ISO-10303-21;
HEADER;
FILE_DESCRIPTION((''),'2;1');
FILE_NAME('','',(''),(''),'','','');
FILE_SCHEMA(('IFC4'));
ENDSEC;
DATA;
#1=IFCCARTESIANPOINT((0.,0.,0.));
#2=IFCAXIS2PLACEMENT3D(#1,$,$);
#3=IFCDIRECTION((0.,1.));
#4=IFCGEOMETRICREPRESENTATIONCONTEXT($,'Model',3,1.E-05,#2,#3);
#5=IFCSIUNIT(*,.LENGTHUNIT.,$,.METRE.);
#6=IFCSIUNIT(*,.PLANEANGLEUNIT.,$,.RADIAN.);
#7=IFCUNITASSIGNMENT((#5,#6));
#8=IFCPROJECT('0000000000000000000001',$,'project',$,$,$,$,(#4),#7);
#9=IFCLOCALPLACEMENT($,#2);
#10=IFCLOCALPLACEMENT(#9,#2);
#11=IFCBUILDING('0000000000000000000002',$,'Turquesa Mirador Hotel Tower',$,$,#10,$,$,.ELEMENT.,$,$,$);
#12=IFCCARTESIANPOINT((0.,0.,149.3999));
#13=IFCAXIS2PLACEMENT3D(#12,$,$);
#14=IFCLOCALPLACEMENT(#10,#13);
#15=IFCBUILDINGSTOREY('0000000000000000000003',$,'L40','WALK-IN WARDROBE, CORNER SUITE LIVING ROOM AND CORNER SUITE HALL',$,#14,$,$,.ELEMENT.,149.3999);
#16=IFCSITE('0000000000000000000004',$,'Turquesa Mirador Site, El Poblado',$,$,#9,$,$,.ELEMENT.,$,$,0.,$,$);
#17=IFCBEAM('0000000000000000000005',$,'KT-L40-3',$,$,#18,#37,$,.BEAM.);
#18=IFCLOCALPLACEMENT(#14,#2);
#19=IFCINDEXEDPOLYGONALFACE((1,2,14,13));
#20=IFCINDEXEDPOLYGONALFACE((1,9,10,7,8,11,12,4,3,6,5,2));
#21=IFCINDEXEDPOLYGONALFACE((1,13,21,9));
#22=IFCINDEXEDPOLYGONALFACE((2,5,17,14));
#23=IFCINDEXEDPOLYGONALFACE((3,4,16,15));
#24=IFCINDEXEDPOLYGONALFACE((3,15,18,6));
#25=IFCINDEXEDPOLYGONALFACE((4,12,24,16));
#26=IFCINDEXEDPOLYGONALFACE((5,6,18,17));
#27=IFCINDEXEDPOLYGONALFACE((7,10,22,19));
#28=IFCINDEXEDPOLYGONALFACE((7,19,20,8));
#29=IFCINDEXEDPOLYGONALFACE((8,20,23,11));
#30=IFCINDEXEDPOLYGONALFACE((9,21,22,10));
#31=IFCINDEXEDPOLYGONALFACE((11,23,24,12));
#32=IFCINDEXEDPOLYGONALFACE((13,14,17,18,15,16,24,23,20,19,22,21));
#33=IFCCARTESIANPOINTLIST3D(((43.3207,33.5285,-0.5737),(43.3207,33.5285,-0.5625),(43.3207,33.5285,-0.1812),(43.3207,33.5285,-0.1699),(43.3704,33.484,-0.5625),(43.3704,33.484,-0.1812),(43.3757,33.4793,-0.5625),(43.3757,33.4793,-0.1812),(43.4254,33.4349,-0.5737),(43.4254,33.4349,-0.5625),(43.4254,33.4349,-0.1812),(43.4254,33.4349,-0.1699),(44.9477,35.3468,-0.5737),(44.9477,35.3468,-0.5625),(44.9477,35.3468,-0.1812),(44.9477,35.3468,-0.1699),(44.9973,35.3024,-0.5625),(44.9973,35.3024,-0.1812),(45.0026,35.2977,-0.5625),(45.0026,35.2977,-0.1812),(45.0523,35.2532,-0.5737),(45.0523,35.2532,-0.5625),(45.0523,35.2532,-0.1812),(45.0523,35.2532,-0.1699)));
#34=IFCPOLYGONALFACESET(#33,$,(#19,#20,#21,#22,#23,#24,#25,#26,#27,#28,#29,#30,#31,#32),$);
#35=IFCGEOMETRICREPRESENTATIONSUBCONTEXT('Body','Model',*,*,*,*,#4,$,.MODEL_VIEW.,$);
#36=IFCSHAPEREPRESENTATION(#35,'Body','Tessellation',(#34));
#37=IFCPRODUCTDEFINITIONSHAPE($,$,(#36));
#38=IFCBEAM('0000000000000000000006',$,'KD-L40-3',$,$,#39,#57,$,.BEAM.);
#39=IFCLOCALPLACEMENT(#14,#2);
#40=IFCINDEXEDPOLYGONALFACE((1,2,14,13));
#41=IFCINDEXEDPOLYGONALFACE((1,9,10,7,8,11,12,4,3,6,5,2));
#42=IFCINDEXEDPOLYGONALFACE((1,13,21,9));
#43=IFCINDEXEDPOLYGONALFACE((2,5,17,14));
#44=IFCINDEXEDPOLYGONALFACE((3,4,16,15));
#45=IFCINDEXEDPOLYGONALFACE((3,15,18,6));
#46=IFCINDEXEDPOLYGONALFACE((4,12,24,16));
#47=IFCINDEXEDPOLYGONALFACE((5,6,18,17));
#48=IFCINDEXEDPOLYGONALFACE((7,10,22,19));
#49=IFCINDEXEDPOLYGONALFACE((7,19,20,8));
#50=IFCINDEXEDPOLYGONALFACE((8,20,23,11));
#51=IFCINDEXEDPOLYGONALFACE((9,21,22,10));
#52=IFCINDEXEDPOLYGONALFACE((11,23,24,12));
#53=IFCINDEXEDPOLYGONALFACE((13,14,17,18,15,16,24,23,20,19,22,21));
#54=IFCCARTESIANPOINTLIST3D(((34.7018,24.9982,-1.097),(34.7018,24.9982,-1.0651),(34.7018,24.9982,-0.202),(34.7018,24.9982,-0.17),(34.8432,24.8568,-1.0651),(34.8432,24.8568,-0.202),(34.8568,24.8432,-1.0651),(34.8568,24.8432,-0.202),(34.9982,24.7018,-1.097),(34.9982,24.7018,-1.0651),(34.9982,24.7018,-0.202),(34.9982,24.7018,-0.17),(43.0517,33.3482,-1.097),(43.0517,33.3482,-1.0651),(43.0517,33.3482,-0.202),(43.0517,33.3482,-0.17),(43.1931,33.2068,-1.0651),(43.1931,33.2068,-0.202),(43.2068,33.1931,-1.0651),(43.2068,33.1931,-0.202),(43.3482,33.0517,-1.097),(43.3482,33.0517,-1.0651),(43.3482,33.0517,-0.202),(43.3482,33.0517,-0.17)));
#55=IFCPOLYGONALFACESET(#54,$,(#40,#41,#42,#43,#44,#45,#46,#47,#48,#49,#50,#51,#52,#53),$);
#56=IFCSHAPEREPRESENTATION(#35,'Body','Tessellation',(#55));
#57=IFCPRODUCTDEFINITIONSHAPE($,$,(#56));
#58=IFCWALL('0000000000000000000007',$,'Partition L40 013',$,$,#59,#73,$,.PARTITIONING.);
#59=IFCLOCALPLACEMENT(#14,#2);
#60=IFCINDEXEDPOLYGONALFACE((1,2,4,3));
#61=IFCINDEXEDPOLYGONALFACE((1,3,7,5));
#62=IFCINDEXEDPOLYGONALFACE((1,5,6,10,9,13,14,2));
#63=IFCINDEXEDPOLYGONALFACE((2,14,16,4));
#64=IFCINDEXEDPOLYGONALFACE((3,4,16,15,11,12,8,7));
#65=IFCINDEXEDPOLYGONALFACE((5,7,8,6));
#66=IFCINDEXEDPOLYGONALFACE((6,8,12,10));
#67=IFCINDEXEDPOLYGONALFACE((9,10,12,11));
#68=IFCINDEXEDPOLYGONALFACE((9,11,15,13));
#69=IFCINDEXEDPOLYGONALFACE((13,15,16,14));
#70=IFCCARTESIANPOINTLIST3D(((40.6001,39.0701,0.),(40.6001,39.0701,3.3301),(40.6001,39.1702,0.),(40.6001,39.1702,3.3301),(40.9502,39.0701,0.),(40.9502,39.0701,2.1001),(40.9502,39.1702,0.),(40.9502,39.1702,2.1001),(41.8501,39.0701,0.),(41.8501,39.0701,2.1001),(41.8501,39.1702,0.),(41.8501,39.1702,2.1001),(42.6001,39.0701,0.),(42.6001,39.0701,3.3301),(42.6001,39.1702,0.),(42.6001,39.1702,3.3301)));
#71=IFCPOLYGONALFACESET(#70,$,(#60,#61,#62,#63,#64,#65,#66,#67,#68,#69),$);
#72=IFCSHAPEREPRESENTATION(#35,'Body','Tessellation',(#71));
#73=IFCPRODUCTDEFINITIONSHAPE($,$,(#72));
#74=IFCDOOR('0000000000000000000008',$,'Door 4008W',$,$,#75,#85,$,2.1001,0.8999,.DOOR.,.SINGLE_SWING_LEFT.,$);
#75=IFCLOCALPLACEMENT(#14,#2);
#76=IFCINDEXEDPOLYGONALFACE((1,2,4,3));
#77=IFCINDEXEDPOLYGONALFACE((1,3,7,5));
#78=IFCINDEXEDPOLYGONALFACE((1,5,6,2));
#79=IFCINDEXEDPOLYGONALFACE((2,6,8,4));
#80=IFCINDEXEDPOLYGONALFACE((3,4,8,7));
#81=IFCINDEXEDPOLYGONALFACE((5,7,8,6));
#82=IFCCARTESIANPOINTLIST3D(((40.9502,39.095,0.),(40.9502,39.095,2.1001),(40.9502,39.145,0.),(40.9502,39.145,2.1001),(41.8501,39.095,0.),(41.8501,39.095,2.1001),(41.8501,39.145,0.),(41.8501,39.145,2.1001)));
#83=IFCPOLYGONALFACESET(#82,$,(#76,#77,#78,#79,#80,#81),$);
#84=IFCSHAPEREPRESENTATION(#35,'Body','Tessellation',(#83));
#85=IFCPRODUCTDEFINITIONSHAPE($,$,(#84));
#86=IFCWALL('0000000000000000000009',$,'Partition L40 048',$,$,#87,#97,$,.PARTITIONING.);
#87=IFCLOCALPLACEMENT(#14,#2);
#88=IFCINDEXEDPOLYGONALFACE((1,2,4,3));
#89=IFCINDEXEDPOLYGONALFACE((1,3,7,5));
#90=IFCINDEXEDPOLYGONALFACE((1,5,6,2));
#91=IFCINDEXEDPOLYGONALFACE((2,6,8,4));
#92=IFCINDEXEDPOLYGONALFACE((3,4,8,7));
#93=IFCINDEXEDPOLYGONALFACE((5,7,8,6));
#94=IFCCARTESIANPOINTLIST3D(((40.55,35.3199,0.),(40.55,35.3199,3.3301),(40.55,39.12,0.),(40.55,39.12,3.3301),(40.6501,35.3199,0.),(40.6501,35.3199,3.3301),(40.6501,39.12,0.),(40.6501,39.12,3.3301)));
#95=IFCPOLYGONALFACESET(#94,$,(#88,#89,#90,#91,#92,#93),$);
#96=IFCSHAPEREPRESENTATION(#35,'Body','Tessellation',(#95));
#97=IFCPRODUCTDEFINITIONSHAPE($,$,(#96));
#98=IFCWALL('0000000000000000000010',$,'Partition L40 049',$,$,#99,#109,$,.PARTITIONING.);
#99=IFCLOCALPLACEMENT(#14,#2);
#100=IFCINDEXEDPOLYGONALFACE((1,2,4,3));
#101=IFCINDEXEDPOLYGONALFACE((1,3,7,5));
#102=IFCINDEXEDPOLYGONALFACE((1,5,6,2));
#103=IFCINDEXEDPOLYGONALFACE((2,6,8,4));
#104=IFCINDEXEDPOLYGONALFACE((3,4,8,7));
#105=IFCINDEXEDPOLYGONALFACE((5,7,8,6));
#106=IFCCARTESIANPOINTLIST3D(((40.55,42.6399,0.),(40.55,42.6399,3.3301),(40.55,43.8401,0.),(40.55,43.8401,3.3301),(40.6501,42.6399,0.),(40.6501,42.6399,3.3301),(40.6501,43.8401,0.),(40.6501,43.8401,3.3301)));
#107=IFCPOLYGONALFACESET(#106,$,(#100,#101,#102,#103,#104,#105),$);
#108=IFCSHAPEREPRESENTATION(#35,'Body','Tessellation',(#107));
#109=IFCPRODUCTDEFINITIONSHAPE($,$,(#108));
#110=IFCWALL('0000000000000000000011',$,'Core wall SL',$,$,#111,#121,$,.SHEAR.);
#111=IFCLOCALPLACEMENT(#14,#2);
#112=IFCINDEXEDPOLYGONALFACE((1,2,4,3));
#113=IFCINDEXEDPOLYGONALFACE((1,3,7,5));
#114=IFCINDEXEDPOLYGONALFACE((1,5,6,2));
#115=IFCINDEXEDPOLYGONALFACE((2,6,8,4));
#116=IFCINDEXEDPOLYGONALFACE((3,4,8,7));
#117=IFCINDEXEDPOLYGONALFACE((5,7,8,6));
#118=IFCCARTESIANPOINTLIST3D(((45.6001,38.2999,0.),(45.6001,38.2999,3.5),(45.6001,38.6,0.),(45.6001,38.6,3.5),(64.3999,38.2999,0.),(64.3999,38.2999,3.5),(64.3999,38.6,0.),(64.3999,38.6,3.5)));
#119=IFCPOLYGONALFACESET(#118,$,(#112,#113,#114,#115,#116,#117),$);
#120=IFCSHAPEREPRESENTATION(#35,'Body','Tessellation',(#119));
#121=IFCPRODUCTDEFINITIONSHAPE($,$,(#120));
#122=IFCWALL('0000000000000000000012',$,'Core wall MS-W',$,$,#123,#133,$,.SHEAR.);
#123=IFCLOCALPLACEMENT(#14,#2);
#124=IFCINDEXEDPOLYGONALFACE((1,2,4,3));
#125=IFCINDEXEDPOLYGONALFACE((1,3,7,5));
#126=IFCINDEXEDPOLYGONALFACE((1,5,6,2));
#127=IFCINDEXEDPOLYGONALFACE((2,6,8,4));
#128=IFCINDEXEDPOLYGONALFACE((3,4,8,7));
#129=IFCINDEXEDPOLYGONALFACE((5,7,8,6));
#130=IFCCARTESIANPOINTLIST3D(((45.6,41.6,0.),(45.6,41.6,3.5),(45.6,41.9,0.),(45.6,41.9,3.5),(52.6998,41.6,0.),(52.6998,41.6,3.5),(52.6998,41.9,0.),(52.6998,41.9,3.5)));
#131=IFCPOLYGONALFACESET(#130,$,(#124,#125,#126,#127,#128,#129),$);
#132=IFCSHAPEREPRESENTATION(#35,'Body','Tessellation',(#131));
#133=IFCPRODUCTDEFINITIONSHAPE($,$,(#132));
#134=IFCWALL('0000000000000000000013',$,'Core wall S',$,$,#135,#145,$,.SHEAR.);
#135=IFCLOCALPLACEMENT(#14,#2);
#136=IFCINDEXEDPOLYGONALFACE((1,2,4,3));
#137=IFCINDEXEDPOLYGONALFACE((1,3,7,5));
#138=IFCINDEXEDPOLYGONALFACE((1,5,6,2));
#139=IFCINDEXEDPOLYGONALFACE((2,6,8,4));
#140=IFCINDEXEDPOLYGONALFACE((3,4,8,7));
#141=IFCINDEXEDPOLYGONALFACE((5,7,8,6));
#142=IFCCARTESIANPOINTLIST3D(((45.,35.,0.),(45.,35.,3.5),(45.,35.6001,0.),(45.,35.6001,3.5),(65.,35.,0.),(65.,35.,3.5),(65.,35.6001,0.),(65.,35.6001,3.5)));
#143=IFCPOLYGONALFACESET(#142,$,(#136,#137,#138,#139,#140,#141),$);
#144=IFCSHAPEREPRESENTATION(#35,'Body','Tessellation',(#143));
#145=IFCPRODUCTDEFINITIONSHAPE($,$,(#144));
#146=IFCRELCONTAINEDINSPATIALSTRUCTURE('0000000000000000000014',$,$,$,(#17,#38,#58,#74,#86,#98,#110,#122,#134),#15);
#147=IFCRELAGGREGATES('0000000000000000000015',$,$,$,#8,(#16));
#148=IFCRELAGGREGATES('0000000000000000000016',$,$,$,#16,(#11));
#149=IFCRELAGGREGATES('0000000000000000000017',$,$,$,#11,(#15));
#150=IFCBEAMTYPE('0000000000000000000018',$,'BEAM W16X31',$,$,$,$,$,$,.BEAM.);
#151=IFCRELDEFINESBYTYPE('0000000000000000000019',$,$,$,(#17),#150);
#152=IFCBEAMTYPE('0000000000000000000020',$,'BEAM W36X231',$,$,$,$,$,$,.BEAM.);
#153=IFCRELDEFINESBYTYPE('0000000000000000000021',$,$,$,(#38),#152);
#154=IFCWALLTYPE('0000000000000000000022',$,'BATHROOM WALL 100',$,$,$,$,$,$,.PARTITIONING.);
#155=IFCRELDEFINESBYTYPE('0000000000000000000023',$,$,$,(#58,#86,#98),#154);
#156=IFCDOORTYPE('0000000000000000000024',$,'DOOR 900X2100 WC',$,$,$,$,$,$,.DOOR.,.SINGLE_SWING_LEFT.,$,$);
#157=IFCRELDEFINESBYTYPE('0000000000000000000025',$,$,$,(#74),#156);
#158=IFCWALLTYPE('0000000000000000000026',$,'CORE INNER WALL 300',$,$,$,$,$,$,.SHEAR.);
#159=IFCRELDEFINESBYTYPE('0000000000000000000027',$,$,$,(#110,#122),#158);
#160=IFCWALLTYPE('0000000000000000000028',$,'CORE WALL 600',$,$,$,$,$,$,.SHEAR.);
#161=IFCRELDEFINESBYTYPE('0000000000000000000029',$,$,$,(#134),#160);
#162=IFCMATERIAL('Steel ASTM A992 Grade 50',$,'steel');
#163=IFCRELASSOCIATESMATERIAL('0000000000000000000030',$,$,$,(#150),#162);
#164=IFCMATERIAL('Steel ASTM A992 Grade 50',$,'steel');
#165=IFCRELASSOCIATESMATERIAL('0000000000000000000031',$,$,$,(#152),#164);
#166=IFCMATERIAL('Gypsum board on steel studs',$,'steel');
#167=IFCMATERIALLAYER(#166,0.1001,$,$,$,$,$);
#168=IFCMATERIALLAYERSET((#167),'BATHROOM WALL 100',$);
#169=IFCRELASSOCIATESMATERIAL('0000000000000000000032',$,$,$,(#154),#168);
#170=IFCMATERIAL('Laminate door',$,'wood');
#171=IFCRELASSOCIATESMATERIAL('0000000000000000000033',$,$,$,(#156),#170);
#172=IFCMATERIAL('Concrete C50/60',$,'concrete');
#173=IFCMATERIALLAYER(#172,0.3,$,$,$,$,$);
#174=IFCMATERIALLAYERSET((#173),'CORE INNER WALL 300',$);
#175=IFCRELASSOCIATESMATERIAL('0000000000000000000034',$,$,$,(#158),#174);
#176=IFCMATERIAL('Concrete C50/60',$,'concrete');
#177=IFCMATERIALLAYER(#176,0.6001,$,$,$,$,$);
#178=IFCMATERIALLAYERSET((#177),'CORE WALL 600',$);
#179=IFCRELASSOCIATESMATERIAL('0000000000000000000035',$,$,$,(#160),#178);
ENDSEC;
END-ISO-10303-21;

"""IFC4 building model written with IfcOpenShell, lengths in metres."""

from ifc_helpers import new_model, si_unit, direction, frame, frame_2d, origin, origin_2d, place, context, subcontext, project, spatial, rectangle, i_section, extrude, material, layer, layer_set, material_profile, profile_set, type_object, element, fill, save


model = new_model("IFC4")

# Units and contexts
model_context = context("Model", 3, precision=1e-05, world=origin(), true_north=direction((0.0, 1.0)))
body_context = subcontext(model_context, "Body", "Model", "MODEL_VIEW")
ifc_project = project(units=[si_unit("LENGTHUNIT", "METRE"), si_unit("PLANEANGLEUNIT", "RADIAN")], contexts=[model_context])

# Site, building, storey
site_placement = place(None, origin())
site = spatial("IfcSite", under=ifc_project, at=site_placement, Name="Turquesa Mirador Site, El Poblado", CompositionType="ELEMENT", RefElevation=0.0)
building_placement = place(site_placement, origin())
building = spatial("IfcBuilding", under=site, at=building_placement, Name="Turquesa Mirador Hotel Tower", CompositionType="ELEMENT")
storey_placement = place(building_placement, frame((0.0, 0.0, 149.3999)))
storey = spatial("IfcBuildingStorey", under=building, at=storey_placement, Name="L40", Description="WALK-IN WARDROBE, CORNER SUITE LIVING ROOM AND CORNER SUITE HALL", CompositionType="ELEMENT", Elevation=149.3999)

# Beams
ifc_material_1 = material(Name="Steel ASTM A992 Grade 50", Category="steel")
ifc_material_profile_1 = material_profile(ifc_material_1, i_section(OverallWidth=0.1404, OverallDepth=0.4038, WebThickness=0.0071, FlangeThickness=0.0112, at=origin_2d()), Name="W16X31")
ifc_profile_set_1 = profile_set([ifc_material_profile_1], Name="Steel ASTM A992 Grade 50")
beam_type_1 = type_object("IfcBeamType", Name="BEAM W16X31", PredefinedType="BEAM", material=ifc_profile_set_1)
beam_1_placement = place(storey_placement, frame((43.373, 33.4817, -0.3718), z_axis=(0.666795, 0.745241, 0.0), x_axis=(-0.745241, 0.666795, 0.0)))
element("IfcBeam", 1, at=beam_1_placement, inside=storey, type_object=beam_type_1, Name="KT-L40-3", PredefinedType="BEAM", context=body_context, shape_type="SweptSolid", body=[
    extrude(i_section(OverallWidth=0.1404, OverallDepth=0.4038, WebThickness=0.0071, FlangeThickness=0.0112, at=origin_2d()), origin(), (0.0, 0.0, 1.0), 2.4399),
])
ifc_material_2 = material(Name="Steel ASTM A992 Grade 50", Category="steel")
ifc_material_profile_2 = material_profile(ifc_material_2, i_section(OverallWidth=0.4192, OverallDepth=0.927, WebThickness=0.0193, FlangeThickness=0.032, at=origin_2d()), Name="W36X231")
ifc_profile_set_2 = profile_set([ifc_material_profile_2], Name="Steel ASTM A992 Grade 50")
beam_type_2 = type_object("IfcBeamType", Name="BEAM W36X231", PredefinedType="BEAM", material=ifc_profile_set_2)
beam_2_placement = place(storey_placement, frame((43.2, 33.2, -0.6335), z_axis=(-0.707107, -0.707107, 0.0), x_axis=(0.707107, -0.707107, 0.0)))
element("IfcBeam", 2, at=beam_2_placement, inside=storey, type_object=beam_type_2, Name="KD-L40-3", PredefinedType="BEAM", context=body_context, shape_type="SweptSolid", body=[
    extrude(i_section(OverallWidth=0.4192, OverallDepth=0.927, WebThickness=0.0193, FlangeThickness=0.032, at=origin_2d()), origin(), (0.0, 0.0, 1.0), 11.8086),
])

# Wall, opening, door
ifc_material_3 = material(Name="Gypsum board on steel studs", Category="steel")
ifc_layer_1 = layer(ifc_material_3, 0.1001)
ifc_layer_set_1 = layer_set([ifc_layer_1], Name="BATHROOM WALL 100")
wall_type_1 = type_object("IfcWallType", Name="BATHROOM WALL 100", PredefinedType="PARTITIONING", material=ifc_layer_set_1)
wall_1_placement = place(storey_placement, frame((40.6001, 39.1201, 0.0), z_axis=(0.0, 0.0, 1.0), x_axis=(1.0, 0.0, 0.0)))
wall_1 = element("IfcWall", 3, at=wall_1_placement, inside=storey, type_object=wall_type_1, Name="Partition L40 013", PredefinedType="PARTITIONING", context=body_context, shape_type="SweptSolid", body=[
    extrude(rectangle(XDim=2.0, YDim=0.1001, at=frame_2d((1.0, 0.0))), origin(), (0.0, 0.0, 1.0), 3.3301),
])
opening_1_placement = place(wall_1_placement, frame((0.3501, 0.0, 0.0)))
opening_1 = element("IfcOpeningElement", 4, at=opening_1_placement, cuts=wall_1, PredefinedType="OPENING", context=body_context, shape_type="SweptSolid", body=[
    extrude(rectangle(XDim=0.8999, YDim=2.1001, at=frame_2d((0.45, 1.05))), frame((0.0, 0.0601, 0.0), z_axis=(0.0, -1.0, 0.0), x_axis=(1.0, 0.0, 0.0)), (0.0, 0.0, 1.0), 0.1201),
])
ifc_material_4 = material(Name="Laminate door", Category="wood")
door_type_1 = type_object("IfcDoorType", Name="DOOR 900X2100 WC", OperationType="SINGLE_SWING_LEFT", PredefinedType="DOOR", material=ifc_material_4)
door_1_placement = place(opening_1_placement, origin())
door_1 = element("IfcDoor", 5, at=door_1_placement, inside=storey, type_object=door_type_1, Name="Door 4008W", OperationType="SINGLE_SWING_LEFT", OverallHeight=2.1001, OverallWidth=0.8999, PredefinedType="DOOR", context=body_context, shape_type="SweptSolid", body=[
    extrude(rectangle(XDim=0.8999, YDim=2.1001, at=frame_2d((0.45, 1.05))), frame((0.0, 0.0249, 0.0), z_axis=(0.0, -1.0, 0.0), x_axis=(1.0, 0.0, 0.0)), (0.0, 0.0, 1.0), 0.05),
])
fill(opening_1, door_1)

# Walls
wall_2_placement = place(storey_placement, frame((40.6001, 35.3201, 0.0), z_axis=(0.0, 0.0, 1.0), x_axis=(0.0, 1.0, 0.0)))
element("IfcWall", 6, at=wall_2_placement, inside=storey, type_object=wall_type_1, Name="Partition L40 048", PredefinedType="PARTITIONING", context=body_context, shape_type="SweptSolid", body=[
    extrude(rectangle(XDim=3.8, YDim=0.1001, at=frame_2d((1.8999, 0.0))), origin(), (0.0, 0.0, 1.0), 3.3301),
])
wall_3_placement = place(storey_placement, frame((40.6001, 42.6399, 0.0), z_axis=(0.0, 0.0, 1.0), x_axis=(0.0, 1.0, 0.0)))
element("IfcWall", 7, at=wall_3_placement, inside=storey, type_object=wall_type_1, Name="Partition L40 049", PredefinedType="PARTITIONING", context=body_context, shape_type="SweptSolid", body=[
    extrude(rectangle(XDim=1.2002, YDim=0.1001, at=frame_2d((0.6001, 0.0))), origin(), (0.0, 0.0, 1.0), 3.3301),
])
ifc_material_5 = material(Name="Concrete C50/60", Category="concrete")
ifc_layer_2 = layer(ifc_material_5, 0.3)
ifc_layer_set_2 = layer_set([ifc_layer_2], Name="CORE INNER WALL 300")
wall_type_2 = type_object("IfcWallType", Name="CORE INNER WALL 300", PredefinedType="SHEAR", material=ifc_layer_set_2)
wall_4_placement = place(storey_placement, frame((45.6001, 38.45, 0.0), z_axis=(0.0, 0.0, 1.0), x_axis=(1.0, 0.0, 0.0)))
element("IfcWall", 8, at=wall_4_placement, inside=storey, type_object=wall_type_2, Name="Core wall SL", PredefinedType="SHEAR", context=body_context, shape_type="SweptSolid", body=[
    extrude(rectangle(XDim=18.7998, YDim=0.3, at=frame_2d((9.3999, 0.0))), origin(), (0.0, 0.0, 1.0), 3.5),
])
wall_5_placement = place(storey_placement, frame((45.6001, 41.75, 0.0), z_axis=(0.0, 0.0, 1.0), x_axis=(1.0, 0.0, 0.0)))
element("IfcWall", 9, at=wall_5_placement, inside=storey, type_object=wall_type_2, Name="Core wall MS-W", PredefinedType="SHEAR", context=body_context, shape_type="SweptSolid", body=[
    extrude(rectangle(XDim=7.0999, YDim=0.3, at=frame_2d((3.5498, 0.0))), origin(), (0.0, 0.0, 1.0), 3.5),
])
ifc_material_6 = material(Name="Concrete C50/60", Category="concrete")
ifc_layer_3 = layer(ifc_material_6, 0.6001)
ifc_layer_set_3 = layer_set([ifc_layer_3], Name="CORE WALL 600")
wall_type_3 = type_object("IfcWallType", Name="CORE WALL 600", PredefinedType="SHEAR", material=ifc_layer_set_3)
wall_6_placement = place(storey_placement, frame((45.0, 35.3, 0.0), z_axis=(0.0, 0.0, 1.0), x_axis=(1.0, 0.0, 0.0)))
element("IfcWall", 10, at=wall_6_placement, inside=storey, type_object=wall_type_3, Name="Core wall S", PredefinedType="SHEAR", context=body_context, shape_type="SweptSolid", body=[
    extrude(rectangle(XDim=20.0, YDim=0.6001, at=frame_2d((10.0, 0.0))), origin(), (0.0, 0.0, 1.0), 3.5),
])

save(model, "model.ifc")
